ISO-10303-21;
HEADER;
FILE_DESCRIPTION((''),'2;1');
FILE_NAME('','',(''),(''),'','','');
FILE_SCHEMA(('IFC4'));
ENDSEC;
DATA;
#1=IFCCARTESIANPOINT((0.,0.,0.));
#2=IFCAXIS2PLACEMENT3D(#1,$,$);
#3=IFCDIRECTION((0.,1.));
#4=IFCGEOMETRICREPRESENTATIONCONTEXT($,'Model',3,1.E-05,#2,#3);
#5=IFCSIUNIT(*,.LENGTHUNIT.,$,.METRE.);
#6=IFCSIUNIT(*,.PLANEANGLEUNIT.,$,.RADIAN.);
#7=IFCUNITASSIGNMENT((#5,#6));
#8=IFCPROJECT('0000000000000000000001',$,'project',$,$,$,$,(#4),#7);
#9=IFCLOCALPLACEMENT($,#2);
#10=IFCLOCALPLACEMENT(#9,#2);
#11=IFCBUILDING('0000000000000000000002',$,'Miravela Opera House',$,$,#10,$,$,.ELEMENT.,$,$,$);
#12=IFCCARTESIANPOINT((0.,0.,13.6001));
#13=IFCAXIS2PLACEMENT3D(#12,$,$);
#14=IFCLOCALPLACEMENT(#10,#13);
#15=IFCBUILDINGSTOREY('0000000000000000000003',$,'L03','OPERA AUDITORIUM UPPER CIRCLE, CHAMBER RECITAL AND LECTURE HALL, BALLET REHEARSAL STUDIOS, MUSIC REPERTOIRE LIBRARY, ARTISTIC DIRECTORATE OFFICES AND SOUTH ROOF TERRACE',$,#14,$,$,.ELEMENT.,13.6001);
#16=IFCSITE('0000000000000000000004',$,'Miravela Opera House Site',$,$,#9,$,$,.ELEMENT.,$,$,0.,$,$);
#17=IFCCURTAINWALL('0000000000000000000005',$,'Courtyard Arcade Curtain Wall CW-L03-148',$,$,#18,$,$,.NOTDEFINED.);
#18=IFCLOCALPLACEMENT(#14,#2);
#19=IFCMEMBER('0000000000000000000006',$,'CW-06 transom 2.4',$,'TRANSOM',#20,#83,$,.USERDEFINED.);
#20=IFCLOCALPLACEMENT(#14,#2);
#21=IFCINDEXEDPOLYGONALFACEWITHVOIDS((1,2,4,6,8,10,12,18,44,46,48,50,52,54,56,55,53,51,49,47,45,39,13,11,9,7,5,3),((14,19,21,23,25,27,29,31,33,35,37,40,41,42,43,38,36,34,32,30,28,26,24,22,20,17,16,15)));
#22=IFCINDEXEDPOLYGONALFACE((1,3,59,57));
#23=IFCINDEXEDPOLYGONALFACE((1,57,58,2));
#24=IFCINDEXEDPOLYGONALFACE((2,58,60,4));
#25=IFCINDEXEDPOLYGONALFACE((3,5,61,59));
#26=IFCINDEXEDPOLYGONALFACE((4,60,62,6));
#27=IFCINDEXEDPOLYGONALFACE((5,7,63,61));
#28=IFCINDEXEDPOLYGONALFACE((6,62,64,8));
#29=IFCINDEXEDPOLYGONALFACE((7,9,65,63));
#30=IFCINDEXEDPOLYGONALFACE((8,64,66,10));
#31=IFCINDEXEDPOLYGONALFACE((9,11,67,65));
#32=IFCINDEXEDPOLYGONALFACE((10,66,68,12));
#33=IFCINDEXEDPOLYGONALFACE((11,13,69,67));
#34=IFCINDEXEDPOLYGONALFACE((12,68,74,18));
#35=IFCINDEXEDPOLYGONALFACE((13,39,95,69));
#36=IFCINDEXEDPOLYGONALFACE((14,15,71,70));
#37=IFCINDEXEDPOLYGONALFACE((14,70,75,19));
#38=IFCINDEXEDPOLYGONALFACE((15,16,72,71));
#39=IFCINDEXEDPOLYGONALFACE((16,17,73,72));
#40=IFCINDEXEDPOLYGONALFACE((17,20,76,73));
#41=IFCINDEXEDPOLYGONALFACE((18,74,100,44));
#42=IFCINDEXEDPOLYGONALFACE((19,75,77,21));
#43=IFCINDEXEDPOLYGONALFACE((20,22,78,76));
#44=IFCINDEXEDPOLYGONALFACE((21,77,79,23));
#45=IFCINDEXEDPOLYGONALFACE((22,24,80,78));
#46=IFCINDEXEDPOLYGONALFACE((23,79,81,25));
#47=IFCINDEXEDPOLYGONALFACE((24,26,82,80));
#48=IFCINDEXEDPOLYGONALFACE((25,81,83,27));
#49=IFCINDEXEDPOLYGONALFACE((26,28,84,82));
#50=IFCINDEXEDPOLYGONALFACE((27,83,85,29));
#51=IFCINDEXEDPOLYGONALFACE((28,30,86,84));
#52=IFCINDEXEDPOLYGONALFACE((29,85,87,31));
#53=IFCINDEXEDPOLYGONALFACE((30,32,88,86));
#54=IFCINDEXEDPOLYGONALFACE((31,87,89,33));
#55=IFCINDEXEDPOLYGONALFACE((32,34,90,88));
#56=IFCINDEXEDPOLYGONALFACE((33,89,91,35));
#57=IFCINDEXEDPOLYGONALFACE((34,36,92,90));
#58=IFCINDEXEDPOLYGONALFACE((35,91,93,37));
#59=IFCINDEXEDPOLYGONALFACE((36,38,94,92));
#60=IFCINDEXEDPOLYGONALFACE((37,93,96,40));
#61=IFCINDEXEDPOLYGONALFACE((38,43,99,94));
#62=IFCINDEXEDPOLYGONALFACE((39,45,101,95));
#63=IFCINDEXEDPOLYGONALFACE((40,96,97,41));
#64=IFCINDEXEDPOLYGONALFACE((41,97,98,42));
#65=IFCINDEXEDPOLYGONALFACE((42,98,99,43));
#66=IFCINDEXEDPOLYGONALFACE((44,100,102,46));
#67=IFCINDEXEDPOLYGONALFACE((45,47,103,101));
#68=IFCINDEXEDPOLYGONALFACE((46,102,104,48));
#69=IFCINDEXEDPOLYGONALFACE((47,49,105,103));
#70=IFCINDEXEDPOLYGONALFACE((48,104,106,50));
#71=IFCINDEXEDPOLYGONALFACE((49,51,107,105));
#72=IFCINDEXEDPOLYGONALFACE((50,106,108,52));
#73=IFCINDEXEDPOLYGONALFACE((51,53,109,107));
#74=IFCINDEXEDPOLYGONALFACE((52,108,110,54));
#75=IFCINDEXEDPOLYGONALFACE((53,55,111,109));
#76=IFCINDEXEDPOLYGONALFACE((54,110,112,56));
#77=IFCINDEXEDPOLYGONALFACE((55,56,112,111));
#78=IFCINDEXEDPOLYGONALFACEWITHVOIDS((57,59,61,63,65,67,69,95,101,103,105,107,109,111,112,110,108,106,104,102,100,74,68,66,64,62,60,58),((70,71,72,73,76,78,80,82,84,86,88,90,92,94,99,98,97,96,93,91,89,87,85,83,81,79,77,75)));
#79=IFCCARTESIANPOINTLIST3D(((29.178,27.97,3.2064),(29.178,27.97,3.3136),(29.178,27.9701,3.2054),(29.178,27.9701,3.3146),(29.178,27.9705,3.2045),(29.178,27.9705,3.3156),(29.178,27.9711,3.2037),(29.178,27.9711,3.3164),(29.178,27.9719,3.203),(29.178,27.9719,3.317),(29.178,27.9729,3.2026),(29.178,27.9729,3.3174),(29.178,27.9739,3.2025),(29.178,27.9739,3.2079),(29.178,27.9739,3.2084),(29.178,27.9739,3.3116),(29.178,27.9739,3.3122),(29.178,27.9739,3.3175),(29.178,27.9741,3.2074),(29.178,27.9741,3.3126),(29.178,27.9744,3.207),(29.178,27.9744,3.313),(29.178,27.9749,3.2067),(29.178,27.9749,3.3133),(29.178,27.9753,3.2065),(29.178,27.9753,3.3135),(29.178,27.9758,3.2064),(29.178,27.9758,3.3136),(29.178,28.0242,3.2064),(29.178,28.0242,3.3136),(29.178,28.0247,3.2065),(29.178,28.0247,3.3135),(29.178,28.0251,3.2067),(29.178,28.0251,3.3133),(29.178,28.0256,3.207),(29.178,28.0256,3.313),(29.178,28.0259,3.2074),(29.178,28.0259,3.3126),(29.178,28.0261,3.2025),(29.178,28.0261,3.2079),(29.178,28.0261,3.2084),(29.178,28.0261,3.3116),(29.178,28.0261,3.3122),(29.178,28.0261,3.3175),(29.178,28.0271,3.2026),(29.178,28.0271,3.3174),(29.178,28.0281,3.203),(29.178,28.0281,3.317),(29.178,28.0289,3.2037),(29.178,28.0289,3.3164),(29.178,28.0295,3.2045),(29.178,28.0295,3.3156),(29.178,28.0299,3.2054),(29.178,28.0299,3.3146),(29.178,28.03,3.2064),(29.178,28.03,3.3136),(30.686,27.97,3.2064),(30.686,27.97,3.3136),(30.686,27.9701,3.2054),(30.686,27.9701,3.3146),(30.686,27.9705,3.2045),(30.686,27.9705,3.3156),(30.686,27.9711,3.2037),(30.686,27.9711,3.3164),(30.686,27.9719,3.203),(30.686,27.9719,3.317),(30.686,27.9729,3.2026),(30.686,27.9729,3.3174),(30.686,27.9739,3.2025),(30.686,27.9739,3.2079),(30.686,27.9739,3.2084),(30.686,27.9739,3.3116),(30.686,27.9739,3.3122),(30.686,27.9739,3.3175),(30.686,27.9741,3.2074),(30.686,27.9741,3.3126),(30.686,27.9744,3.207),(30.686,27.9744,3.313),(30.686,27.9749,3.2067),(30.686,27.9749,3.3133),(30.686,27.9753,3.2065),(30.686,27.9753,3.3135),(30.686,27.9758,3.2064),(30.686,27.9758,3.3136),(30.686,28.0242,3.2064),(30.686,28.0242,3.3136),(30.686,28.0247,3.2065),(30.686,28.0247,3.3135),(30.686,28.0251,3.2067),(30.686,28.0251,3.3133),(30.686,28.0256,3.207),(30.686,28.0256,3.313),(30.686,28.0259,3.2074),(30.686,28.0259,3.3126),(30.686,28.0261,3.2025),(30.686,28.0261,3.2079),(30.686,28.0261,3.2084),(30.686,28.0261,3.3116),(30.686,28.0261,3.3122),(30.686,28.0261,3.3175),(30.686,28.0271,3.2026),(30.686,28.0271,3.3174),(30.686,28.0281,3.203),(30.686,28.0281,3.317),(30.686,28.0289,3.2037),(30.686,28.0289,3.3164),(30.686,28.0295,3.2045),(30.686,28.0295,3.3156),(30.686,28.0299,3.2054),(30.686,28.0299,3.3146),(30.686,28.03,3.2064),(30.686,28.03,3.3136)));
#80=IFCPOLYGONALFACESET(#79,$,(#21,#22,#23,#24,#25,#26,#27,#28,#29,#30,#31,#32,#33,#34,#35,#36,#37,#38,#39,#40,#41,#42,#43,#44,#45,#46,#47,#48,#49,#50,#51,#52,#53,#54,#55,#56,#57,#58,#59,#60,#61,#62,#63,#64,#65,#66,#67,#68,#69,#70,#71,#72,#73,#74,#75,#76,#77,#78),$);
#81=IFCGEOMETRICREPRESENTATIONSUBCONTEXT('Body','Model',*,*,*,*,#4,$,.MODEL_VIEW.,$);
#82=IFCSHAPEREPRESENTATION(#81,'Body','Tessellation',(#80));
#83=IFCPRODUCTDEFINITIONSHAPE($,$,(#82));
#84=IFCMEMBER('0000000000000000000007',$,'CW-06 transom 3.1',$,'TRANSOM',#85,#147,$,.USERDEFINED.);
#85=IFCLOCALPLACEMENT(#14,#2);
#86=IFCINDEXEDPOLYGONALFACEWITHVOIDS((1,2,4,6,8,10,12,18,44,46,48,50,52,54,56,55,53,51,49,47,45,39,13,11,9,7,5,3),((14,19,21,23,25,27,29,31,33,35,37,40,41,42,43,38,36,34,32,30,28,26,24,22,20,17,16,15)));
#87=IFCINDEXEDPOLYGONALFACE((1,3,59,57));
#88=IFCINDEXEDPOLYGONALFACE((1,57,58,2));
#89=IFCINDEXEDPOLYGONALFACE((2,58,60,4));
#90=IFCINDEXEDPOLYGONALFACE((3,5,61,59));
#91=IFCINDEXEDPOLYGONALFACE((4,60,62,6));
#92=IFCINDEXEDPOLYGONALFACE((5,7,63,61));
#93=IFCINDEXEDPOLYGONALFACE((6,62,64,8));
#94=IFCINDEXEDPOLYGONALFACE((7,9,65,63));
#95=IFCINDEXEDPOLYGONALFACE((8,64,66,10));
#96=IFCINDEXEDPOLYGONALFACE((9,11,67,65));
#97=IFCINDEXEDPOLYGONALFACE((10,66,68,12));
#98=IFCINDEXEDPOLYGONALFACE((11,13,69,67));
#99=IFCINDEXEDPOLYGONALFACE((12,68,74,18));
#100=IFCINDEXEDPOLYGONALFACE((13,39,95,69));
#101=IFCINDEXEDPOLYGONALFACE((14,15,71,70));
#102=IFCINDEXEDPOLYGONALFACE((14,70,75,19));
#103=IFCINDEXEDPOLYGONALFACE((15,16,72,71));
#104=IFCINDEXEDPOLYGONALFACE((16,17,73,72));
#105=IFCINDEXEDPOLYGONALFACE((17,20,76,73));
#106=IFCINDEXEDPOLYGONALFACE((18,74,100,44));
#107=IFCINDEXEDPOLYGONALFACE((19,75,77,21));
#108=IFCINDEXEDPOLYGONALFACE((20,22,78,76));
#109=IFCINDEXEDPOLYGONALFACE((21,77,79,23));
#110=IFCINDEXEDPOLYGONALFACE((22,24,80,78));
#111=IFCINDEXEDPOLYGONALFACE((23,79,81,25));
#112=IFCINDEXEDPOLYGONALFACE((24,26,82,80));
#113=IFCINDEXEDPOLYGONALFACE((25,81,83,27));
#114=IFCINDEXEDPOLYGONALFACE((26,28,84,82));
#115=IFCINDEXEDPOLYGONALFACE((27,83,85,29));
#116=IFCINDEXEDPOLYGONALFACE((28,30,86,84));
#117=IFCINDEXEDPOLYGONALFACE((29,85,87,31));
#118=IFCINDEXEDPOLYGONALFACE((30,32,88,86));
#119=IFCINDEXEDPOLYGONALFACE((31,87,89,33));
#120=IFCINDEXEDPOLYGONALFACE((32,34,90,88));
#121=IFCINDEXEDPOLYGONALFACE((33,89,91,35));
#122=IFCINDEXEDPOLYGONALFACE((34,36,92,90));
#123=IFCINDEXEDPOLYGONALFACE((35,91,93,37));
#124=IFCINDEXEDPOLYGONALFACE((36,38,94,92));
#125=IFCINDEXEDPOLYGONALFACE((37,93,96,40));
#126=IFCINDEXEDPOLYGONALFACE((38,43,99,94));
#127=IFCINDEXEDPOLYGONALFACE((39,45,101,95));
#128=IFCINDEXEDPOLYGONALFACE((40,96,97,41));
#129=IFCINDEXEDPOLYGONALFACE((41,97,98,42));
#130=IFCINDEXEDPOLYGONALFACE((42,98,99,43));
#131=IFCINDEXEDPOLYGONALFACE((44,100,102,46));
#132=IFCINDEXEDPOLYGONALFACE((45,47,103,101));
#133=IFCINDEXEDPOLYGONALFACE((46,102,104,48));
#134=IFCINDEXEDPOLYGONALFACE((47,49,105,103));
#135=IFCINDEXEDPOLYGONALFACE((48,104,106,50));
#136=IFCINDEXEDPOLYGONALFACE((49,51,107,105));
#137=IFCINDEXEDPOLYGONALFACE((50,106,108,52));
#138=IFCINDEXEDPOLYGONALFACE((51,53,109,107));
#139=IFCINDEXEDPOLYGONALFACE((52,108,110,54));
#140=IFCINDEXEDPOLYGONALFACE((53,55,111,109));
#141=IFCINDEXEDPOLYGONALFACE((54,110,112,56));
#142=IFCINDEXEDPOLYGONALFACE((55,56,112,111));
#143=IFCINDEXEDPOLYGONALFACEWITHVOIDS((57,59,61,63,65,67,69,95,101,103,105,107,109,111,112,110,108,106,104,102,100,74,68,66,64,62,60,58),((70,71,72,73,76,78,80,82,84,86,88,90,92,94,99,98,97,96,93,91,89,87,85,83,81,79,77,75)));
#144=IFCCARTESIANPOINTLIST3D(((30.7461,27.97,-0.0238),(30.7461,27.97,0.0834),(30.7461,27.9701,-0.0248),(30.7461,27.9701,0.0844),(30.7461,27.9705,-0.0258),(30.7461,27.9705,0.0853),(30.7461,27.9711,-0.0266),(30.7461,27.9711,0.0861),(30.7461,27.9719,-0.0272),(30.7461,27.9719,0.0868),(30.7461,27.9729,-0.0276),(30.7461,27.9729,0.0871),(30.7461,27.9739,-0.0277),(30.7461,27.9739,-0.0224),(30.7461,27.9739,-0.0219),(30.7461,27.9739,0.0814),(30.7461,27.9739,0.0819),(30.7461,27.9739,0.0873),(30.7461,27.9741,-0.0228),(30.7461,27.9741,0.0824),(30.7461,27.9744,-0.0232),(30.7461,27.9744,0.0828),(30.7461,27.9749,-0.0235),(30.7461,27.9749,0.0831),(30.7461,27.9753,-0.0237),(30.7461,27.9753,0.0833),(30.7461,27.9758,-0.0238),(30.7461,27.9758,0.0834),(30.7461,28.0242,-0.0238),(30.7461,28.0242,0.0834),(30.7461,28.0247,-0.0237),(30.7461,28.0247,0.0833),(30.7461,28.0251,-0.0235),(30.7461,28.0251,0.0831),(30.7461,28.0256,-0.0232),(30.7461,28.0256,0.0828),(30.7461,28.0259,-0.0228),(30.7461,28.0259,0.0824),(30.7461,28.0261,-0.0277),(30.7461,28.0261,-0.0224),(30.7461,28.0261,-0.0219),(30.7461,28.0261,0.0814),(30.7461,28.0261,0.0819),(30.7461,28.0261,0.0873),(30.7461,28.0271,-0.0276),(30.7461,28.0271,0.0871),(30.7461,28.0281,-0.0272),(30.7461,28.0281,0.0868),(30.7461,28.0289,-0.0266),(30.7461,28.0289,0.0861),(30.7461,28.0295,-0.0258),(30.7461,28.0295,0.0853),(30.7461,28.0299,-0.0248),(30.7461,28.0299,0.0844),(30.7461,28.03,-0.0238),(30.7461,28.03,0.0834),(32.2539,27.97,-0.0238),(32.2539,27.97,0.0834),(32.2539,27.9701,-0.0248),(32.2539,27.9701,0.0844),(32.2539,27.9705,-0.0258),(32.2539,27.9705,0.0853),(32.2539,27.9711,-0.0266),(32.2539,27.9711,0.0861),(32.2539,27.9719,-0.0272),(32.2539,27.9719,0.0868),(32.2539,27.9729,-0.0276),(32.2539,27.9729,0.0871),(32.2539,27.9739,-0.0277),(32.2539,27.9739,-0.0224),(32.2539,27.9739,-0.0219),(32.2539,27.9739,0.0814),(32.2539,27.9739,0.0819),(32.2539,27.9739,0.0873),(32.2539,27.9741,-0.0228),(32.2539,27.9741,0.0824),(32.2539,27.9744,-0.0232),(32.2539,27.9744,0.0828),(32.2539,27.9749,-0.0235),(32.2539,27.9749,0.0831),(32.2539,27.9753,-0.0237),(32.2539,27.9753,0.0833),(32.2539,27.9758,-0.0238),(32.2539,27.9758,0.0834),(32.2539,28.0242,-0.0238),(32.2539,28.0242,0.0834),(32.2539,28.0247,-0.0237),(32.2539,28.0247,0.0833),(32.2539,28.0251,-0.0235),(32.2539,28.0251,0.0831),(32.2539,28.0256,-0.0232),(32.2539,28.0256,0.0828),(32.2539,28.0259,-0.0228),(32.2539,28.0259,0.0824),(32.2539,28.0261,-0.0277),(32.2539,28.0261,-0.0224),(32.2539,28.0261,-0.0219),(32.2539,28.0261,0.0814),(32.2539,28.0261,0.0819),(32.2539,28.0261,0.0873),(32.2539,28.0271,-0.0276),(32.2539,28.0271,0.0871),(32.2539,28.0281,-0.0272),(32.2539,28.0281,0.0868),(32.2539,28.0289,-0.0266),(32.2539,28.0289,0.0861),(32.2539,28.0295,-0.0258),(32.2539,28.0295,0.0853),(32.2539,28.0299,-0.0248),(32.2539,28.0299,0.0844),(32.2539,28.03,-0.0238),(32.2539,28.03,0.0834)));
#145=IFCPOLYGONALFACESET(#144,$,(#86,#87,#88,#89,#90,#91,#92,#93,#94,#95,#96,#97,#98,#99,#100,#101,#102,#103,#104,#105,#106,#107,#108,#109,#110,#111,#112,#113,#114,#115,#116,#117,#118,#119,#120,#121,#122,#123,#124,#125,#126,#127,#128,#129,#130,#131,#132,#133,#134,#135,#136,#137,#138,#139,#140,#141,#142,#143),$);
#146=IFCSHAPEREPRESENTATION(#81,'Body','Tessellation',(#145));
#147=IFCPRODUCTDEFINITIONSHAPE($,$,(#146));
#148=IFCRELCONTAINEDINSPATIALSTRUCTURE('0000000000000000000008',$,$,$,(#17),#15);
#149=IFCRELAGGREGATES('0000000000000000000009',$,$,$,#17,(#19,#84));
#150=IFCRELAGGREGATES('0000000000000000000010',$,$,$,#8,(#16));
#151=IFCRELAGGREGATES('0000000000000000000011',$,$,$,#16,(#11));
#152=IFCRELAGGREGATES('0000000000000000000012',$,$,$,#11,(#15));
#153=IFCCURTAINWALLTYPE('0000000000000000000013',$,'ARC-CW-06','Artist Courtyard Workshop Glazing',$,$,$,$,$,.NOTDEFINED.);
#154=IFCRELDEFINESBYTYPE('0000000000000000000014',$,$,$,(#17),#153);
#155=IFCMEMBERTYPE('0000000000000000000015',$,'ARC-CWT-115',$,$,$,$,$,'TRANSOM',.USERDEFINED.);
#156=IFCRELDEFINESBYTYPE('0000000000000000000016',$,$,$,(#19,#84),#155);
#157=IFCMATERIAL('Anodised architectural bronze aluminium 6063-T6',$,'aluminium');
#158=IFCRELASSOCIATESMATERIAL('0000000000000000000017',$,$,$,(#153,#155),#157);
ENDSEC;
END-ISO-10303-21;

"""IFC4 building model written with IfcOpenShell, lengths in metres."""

from ifc_helpers import new_model, si_unit, direction, frame, origin, origin_2d, place, context, subcontext, project, spatial, hollow_rectangle, extrude, material, material_profile, profile_set, type_object, element, aggregate, save


model = new_model("IFC4")

# Units and contexts
model_context = context("Model", 3, precision=1e-05, world=origin(), true_north=direction((0.0, 1.0)))
body_context = subcontext(model_context, "Body", "Model", "MODEL_VIEW")
ifc_project = project(units=[si_unit("LENGTHUNIT", "METRE"), si_unit("PLANEANGLEUNIT", "RADIAN")], contexts=[model_context])

# Site, building, storey
site_placement = place(None, origin())
site = spatial("IfcSite", under=ifc_project, at=site_placement, Name="Miravela Opera House Site", CompositionType="ELEMENT", RefElevation=0.0)
building_placement = place(site_placement, origin())
building = spatial("IfcBuilding", under=site, at=building_placement, Name="Miravela Opera House", CompositionType="ELEMENT")
storey_placement = place(building_placement, frame((0.0, 0.0, 13.6001)))
storey = spatial("IfcBuildingStorey", under=building, at=storey_placement, Name="L03", Description="OPERA AUDITORIUM UPPER CIRCLE, CHAMBER RECITAL AND LECTURE HALL, BALLET REHEARSAL STUDIOS, MUSIC REPERTOIRE LIBRARY, ARTISTIC DIRECTORATE OFFICES AND SOUTH ROOF TERRACE", CompositionType="ELEMENT", Elevation=13.6001)

# Curtain wall, members
ifc_material_1 = material(Name="Anodised architectural bronze aluminium 6063-T6", Category="aluminium")
curtain_wall_type = type_object("IfcCurtainWallType", Name="ARC-CW-06", Description="Artist Courtyard Workshop Glazing", PredefinedType="NOTDEFINED", material=ifc_material_1)
curtain_wall_placement = place(storey_placement, origin())
curtain_wall = element("IfcCurtainWall", 1, at=curtain_wall_placement, inside=storey, type_object=curtain_wall_type, Name="Courtyard Arcade Curtain Wall CW-L03-148", PredefinedType="NOTDEFINED")
ifc_material_profile_1 = material_profile(ifc_material_1, hollow_rectangle(XDim=0.0601, YDim=0.115, WallThickness=0.0039, InnerFilletRadius=0.002, OuterFilletRadius=0.0039, at=origin_2d()), Name="CWT-60X115")
ifc_profile_set_1 = profile_set([ifc_material_profile_1])
member_type_1 = type_object("IfcMemberType", Name="ARC-CWT-115", ElementType="TRANSOM", PredefinedType="USERDEFINED", material=ifc_profile_set_1)
member_1_placement = place(storey_placement, frame((29.178, 28.0, 3.26), z_axis=(1.0, 0.0, 0.0), x_axis=(0.0, 1.0, 0.0)))
member_1 = element("IfcMember", 2, at=member_1_placement, type_object=member_type_1, Name="CW-06 transom 2.4", ObjectType="TRANSOM", PredefinedType="USERDEFINED", context=body_context, shape_type="SweptSolid", body=[
    extrude(hollow_rectangle(XDim=0.0601, YDim=0.115, WallThickness=0.0039, InnerFilletRadius=0.002, OuterFilletRadius=0.0039, at=origin_2d()), origin(), (0.0, 0.0, 1.0), 1.5081),
])
member_2_placement = place(storey_placement, frame((30.7461, 28.0, 0.0298), z_axis=(1.0, 0.0, 0.0), x_axis=(0.0, 1.0, 0.0)))
member_2 = element("IfcMember", 3, at=member_2_placement, type_object=member_type_1, Name="CW-06 transom 3.1", ObjectType="TRANSOM", PredefinedType="USERDEFINED", context=body_context, shape_type="SweptSolid", body=[
    extrude(hollow_rectangle(XDim=0.0601, YDim=0.115, WallThickness=0.0039, InnerFilletRadius=0.002, OuterFilletRadius=0.0039, at=origin_2d()), origin(), (0.0, 0.0, 1.0), 1.5078),
])
aggregate(curtain_wall, [member_1, member_2])

save(model, "model.ifc")
